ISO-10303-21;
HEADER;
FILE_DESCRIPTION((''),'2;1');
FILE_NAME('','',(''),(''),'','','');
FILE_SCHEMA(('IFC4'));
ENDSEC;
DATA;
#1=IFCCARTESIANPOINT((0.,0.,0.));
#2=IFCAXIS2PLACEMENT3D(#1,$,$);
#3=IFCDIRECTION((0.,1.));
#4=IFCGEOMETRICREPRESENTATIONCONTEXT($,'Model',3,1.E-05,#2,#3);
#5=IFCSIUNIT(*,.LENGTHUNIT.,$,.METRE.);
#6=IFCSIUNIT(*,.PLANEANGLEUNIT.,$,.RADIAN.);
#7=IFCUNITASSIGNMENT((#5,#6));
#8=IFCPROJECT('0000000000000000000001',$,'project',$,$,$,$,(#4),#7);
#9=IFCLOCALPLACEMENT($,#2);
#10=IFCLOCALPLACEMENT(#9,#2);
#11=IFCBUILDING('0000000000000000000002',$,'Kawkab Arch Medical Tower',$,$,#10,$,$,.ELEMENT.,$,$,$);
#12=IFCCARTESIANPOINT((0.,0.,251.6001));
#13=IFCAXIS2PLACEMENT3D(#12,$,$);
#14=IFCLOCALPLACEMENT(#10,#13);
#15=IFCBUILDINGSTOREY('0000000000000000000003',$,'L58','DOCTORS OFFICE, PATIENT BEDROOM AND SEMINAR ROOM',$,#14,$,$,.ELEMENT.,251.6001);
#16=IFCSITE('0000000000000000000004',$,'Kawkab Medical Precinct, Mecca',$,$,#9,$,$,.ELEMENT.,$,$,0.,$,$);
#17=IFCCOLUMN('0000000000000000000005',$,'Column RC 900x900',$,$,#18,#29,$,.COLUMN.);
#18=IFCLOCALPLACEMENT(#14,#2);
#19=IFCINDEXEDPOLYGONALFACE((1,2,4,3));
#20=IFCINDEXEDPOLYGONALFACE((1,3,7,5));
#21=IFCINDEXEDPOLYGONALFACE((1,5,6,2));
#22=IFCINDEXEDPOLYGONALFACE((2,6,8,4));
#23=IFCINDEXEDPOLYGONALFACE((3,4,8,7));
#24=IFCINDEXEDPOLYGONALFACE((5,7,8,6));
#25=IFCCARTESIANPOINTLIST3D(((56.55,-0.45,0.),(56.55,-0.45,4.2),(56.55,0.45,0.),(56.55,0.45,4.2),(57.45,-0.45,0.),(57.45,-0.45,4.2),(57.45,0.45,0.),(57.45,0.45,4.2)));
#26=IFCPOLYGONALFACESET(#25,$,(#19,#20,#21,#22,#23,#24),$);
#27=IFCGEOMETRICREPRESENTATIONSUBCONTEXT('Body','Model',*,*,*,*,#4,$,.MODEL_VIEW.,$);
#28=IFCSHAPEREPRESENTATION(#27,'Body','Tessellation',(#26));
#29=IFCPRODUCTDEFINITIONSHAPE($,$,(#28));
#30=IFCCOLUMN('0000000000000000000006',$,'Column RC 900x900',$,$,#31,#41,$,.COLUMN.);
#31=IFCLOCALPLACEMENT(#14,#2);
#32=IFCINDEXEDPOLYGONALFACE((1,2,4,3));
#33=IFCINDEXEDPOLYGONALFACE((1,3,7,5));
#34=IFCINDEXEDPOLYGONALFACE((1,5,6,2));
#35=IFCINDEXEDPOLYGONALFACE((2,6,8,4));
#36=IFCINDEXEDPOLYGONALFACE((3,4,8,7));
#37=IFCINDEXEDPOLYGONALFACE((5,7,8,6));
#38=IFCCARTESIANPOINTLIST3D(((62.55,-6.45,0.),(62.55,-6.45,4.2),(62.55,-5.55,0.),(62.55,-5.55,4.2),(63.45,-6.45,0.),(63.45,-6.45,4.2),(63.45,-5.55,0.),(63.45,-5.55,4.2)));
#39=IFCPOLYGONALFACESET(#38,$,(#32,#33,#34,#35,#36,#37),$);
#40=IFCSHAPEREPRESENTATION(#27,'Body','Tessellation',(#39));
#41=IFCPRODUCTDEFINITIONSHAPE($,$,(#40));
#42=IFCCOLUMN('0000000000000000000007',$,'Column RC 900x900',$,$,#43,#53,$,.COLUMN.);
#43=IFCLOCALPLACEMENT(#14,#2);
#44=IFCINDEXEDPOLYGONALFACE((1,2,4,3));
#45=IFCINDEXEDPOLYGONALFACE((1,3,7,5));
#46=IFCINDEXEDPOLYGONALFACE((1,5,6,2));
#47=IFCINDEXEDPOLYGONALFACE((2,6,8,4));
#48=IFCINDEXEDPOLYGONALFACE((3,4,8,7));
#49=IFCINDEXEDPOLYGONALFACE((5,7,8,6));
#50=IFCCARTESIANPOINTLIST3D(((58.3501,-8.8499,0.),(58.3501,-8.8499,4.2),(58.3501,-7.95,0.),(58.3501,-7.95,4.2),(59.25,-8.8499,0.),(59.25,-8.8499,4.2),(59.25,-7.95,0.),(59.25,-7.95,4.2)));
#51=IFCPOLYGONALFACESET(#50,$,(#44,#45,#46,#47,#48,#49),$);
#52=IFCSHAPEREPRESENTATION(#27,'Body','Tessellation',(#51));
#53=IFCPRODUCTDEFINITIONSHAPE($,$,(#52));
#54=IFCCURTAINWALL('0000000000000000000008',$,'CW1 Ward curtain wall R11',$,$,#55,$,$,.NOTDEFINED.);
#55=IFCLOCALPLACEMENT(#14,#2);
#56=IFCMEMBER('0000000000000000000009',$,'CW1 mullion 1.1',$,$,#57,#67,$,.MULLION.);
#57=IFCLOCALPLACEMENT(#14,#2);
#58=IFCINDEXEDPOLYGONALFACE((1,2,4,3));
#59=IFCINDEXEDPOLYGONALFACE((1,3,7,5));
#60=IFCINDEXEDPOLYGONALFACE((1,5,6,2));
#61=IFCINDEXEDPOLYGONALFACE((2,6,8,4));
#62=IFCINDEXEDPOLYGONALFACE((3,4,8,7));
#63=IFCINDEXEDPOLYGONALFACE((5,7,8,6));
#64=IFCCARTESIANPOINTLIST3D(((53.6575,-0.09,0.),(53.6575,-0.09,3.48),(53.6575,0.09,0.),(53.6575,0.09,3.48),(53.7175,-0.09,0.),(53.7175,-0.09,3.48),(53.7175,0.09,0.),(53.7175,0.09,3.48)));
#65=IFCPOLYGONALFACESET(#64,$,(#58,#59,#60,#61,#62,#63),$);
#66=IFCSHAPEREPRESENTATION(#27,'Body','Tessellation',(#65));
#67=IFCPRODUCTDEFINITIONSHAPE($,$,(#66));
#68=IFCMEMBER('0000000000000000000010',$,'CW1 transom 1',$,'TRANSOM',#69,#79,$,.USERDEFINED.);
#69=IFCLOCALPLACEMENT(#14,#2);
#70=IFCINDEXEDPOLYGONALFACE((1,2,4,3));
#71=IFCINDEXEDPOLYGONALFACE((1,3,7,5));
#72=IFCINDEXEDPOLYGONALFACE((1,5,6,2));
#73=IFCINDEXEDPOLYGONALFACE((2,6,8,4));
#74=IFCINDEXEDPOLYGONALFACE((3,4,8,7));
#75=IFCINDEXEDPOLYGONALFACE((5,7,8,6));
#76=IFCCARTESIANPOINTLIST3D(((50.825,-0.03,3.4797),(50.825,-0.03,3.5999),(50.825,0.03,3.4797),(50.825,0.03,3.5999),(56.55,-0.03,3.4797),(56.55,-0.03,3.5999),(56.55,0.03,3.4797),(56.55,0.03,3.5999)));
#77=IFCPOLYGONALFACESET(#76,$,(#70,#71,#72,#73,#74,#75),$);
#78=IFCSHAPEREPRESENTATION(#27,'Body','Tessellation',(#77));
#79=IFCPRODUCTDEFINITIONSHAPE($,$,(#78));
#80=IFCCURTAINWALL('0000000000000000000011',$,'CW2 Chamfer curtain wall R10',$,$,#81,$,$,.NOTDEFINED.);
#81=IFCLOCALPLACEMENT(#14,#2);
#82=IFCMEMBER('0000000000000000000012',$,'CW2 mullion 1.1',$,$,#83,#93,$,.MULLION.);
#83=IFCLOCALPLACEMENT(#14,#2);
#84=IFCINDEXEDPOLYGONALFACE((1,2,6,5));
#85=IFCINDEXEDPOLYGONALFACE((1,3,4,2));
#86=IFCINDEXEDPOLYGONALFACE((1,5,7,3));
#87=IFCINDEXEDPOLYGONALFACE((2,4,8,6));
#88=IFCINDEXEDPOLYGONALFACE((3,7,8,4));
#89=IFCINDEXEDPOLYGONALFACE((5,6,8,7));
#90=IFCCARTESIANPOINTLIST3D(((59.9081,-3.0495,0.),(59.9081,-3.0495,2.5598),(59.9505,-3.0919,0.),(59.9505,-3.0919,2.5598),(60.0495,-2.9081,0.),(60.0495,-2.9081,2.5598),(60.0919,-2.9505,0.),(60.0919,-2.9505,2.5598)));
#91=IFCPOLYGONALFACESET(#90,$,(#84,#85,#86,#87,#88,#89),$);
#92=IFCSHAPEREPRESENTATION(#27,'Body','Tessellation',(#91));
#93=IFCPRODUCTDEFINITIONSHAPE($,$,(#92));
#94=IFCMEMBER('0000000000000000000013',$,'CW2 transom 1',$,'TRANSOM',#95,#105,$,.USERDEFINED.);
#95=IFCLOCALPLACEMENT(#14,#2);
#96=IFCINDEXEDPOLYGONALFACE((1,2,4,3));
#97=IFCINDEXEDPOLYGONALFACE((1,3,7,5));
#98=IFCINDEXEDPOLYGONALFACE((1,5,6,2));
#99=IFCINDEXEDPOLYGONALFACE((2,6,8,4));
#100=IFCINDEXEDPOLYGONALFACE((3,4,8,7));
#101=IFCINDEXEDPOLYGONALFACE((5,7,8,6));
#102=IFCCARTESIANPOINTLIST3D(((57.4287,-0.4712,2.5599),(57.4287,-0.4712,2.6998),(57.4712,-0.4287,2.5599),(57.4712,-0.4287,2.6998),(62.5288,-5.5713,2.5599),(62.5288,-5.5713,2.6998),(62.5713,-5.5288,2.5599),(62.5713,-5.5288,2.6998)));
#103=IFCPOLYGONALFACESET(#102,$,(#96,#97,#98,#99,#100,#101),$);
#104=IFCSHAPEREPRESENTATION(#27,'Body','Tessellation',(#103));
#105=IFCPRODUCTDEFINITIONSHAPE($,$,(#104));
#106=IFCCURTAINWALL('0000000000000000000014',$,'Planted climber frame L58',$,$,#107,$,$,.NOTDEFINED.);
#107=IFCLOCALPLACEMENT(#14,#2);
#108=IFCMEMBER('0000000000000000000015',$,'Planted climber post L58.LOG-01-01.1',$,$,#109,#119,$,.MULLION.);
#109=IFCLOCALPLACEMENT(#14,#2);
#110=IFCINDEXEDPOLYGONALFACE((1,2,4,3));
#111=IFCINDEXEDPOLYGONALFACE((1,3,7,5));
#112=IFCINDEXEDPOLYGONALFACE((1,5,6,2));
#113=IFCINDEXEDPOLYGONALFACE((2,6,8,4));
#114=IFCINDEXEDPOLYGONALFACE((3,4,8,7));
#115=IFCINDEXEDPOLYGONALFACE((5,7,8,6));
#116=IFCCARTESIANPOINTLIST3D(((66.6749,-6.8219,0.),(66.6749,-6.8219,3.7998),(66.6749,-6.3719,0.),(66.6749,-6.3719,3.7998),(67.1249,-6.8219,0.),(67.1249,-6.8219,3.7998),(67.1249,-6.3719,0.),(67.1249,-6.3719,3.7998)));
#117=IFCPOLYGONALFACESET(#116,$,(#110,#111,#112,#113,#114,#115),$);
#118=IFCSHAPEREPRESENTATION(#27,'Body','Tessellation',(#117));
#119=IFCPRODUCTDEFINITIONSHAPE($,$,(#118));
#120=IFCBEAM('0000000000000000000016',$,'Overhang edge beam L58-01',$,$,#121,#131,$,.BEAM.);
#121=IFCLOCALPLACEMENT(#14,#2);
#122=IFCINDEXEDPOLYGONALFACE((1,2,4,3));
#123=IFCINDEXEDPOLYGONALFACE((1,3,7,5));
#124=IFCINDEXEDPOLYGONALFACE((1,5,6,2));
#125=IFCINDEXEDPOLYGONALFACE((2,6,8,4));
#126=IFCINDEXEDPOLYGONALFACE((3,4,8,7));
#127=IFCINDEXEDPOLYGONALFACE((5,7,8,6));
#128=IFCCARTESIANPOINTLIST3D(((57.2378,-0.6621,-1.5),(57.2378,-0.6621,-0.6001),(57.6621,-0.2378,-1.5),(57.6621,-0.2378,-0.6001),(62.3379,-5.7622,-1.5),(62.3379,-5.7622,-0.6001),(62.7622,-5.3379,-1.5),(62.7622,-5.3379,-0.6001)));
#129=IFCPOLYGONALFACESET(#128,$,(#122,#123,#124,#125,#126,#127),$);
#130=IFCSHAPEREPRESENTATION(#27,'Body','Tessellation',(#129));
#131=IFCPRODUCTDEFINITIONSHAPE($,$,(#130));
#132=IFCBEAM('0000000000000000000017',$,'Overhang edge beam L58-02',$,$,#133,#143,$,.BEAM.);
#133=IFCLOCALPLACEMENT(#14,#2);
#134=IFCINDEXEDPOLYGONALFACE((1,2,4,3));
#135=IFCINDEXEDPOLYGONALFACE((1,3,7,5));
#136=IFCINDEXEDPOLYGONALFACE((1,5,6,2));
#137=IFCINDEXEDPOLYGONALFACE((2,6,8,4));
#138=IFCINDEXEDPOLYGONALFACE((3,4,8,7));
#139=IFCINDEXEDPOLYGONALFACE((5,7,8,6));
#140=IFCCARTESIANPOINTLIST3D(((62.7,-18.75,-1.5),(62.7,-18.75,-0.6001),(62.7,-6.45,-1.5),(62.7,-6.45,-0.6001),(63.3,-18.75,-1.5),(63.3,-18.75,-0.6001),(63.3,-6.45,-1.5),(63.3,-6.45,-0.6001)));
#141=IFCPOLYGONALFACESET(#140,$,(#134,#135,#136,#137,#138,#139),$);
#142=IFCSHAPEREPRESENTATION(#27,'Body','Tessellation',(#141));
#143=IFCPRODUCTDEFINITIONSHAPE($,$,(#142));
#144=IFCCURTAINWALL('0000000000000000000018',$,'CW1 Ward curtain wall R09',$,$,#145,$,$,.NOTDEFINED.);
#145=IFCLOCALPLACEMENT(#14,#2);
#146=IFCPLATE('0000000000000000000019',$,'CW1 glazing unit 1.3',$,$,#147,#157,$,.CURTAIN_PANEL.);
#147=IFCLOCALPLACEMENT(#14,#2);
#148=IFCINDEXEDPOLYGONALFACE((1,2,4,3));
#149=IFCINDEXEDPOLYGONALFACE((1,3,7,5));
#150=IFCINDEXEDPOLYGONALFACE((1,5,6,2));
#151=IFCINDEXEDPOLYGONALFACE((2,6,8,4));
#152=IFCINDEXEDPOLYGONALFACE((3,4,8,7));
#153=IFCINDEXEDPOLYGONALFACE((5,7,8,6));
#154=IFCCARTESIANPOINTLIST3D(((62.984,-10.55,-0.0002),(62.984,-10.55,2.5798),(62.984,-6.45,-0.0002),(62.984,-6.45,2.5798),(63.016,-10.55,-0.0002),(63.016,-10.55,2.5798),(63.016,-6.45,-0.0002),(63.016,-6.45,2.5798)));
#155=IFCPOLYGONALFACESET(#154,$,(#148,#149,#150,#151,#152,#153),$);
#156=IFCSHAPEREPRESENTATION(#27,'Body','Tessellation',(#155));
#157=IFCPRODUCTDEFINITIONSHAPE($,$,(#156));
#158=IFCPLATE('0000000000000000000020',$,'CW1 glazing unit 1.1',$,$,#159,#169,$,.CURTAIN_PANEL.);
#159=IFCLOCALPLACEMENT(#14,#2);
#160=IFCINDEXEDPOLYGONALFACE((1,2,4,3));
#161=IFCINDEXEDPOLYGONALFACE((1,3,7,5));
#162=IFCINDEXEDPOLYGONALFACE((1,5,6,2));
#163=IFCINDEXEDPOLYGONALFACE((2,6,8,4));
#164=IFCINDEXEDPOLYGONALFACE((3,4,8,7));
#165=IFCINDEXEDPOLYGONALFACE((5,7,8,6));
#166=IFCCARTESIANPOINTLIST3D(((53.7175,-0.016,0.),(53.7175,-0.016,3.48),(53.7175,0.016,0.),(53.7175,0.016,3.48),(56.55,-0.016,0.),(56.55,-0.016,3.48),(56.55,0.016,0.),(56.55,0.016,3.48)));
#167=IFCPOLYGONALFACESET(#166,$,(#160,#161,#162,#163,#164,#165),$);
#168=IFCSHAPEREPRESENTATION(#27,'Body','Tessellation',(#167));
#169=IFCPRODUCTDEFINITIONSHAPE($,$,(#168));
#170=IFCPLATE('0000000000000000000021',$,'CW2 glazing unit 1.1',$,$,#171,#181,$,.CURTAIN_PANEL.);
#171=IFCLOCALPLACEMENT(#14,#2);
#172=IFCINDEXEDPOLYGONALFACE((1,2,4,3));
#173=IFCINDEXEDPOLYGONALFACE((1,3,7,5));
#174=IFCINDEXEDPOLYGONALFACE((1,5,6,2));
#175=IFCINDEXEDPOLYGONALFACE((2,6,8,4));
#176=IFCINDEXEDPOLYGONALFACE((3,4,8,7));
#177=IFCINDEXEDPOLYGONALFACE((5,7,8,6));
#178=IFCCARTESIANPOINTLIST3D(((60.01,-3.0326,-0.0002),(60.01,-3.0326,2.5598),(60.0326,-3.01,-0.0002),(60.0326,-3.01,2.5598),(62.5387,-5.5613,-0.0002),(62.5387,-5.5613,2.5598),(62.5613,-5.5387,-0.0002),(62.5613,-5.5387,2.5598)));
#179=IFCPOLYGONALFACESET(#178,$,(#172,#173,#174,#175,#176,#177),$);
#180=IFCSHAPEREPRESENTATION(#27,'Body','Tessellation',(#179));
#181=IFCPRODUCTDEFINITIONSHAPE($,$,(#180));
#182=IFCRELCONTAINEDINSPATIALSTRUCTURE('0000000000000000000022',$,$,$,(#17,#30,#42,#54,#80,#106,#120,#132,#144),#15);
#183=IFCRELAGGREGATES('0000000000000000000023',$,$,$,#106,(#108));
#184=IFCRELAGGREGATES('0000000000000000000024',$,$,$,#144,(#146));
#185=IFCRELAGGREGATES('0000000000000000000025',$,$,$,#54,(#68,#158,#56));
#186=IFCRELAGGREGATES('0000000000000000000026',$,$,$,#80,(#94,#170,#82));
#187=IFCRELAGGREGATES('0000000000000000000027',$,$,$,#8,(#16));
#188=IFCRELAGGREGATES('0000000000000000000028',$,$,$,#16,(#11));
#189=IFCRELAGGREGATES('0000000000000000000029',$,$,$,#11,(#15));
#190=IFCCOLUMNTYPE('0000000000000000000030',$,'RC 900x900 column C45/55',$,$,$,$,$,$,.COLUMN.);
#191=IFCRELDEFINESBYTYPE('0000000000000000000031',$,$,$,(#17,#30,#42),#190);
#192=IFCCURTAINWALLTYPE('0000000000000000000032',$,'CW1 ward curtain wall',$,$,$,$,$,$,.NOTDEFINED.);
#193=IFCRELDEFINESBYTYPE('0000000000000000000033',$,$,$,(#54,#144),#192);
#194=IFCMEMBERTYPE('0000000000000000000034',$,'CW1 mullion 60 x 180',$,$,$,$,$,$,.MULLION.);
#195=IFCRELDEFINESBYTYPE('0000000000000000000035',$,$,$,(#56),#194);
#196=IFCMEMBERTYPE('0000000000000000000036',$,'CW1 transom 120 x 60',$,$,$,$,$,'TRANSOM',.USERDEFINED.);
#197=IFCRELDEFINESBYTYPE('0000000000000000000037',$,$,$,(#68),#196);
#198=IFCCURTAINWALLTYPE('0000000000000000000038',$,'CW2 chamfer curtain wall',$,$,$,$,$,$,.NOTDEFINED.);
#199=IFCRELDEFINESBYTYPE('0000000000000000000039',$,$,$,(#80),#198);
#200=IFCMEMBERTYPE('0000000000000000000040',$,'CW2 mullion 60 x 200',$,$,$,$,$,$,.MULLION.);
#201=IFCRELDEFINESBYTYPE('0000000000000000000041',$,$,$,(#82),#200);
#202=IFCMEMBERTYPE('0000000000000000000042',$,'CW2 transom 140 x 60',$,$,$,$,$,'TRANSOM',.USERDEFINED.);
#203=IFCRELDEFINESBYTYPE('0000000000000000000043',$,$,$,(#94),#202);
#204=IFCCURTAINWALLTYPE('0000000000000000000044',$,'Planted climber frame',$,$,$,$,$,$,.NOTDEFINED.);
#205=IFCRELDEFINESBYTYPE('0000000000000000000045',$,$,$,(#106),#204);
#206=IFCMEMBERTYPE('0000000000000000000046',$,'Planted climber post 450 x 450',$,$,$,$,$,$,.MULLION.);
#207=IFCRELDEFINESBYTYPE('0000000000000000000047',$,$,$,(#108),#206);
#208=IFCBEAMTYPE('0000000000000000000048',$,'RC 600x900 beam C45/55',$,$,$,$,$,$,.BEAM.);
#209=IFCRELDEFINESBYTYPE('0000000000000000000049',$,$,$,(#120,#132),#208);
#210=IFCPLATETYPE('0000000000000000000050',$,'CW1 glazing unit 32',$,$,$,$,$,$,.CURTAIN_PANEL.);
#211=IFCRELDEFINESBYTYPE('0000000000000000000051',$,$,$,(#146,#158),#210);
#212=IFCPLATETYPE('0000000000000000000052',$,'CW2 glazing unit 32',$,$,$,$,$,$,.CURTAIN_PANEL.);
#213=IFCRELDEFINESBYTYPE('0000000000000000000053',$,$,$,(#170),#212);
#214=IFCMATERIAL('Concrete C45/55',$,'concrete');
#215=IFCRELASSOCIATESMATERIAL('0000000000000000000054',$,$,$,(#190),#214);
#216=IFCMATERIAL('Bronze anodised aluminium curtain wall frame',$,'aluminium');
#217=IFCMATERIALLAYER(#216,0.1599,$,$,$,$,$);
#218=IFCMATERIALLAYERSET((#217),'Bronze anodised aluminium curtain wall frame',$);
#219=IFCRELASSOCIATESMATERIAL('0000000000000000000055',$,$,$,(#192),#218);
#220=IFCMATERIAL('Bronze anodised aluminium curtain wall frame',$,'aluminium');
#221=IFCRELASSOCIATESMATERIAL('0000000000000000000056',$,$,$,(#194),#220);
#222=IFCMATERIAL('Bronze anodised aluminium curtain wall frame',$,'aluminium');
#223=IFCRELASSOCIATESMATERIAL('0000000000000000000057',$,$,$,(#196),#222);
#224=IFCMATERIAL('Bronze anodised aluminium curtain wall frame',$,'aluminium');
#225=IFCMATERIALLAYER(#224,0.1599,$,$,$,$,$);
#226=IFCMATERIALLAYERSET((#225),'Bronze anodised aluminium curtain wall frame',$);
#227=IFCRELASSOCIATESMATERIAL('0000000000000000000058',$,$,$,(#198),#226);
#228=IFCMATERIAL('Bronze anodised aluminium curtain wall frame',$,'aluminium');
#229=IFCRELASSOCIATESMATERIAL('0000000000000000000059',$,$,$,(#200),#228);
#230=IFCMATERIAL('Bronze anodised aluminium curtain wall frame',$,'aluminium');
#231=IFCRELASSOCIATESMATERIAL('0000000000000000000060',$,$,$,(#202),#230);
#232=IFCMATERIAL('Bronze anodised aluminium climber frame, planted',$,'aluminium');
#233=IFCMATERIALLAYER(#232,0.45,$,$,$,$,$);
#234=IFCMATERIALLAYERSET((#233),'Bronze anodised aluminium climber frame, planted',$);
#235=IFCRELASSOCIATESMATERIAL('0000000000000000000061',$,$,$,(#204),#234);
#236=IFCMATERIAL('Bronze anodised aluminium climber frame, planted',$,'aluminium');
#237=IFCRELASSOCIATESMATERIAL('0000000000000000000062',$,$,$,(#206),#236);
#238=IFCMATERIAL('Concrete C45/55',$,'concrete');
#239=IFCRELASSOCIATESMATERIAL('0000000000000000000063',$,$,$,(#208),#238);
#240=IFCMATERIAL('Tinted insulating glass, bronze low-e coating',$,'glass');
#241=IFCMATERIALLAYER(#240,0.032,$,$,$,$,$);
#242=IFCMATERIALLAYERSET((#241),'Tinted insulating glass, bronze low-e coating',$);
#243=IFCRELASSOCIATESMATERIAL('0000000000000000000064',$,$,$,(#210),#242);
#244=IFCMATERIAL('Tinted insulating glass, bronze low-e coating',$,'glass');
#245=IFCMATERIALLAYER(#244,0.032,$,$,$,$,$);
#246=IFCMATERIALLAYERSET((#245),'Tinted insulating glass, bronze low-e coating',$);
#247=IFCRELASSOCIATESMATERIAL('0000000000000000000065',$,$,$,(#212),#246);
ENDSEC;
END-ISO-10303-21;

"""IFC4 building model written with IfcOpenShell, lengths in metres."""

from ifc_helpers import new_model, si_unit, direction, frame, origin, origin_2d, place, context, subcontext, project, spatial, rectangle, extrude, material, layer, layer_set, material_profile, profile_set, type_object, element, aggregate, save


model = new_model("IFC4")

# Units and contexts
model_context = context("Model", 3, precision=1e-05, world=origin(), true_north=direction((0.0, 1.0)))
body_context = subcontext(model_context, "Body", "Model", "MODEL_VIEW")
ifc_project = project(units=[si_unit("LENGTHUNIT", "METRE"), si_unit("PLANEANGLEUNIT", "RADIAN")], contexts=[model_context])

# Site, building, storey
site_placement = place(None, origin())
site = spatial("IfcSite", under=ifc_project, at=site_placement, Name="Kawkab Medical Precinct, Mecca", CompositionType="ELEMENT", RefElevation=0.0)
building_placement = place(site_placement, origin())
building = spatial("IfcBuilding", under=site, at=building_placement, Name="Kawkab Arch Medical Tower", CompositionType="ELEMENT")
storey_placement = place(building_placement, frame((0.0, 0.0, 251.6001)))
storey = spatial("IfcBuildingStorey", under=building, at=storey_placement, Name="L58", Description="DOCTORS OFFICE, PATIENT BEDROOM AND SEMINAR ROOM", CompositionType="ELEMENT", Elevation=251.6001)

# Columns
ifc_material_1 = material(Name="Concrete C45/55", Category="concrete")
ifc_material_profile_1 = material_profile(ifc_material_1, rectangle(XDim=0.8999, YDim=0.8999, at=origin_2d()), Name="RC 900x900")
ifc_profile_set_1 = profile_set([ifc_material_profile_1], Name="Concrete C45/55")
column_type = type_object("IfcColumnType", Name="RC 900x900 column C45/55", PredefinedType="COLUMN", material=ifc_profile_set_1)
for number, where, z_axis, x_axis, name in (
    (1, (57.0, 0.0, 0.0), (0.0, 0.0, 1.0), (1.0, 0.0, 0.0), "Column RC 900x900"),
    (2, (63.0, -6.0, 0.0), (0.0, 0.0, 1.0), (1.0, 0.0, 0.0), "Column RC 900x900"),
    (3, (58.8, -8.3999, 0.0), (0.0, 0.0, 1.0), (1.0, 0.0, 0.0), "Column RC 900x900"),
):
    element("IfcColumn", number, at=place(storey_placement, frame(where, z_axis=z_axis, x_axis=x_axis)), inside=storey, type_object=column_type, Name=name, PredefinedType="COLUMN", context=body_context, shape_type="SweptSolid", body=[
        extrude(rectangle(XDim=0.8999, YDim=0.8999, at=origin_2d()), origin(), (0.0, 0.0, 1.0), 4.2),
    ])

# Curtain walls, members
ifc_material_2 = material(Name="Bronze anodised aluminium curtain wall frame", Category="aluminium")
ifc_layer_1 = layer(ifc_material_2, 0.1599)
ifc_layer_set_1 = layer_set([ifc_layer_1], Name="Bronze anodised aluminium curtain wall frame")
curtain_wall_type_1 = type_object("IfcCurtainWallType", Name="CW1 ward curtain wall", PredefinedType="NOTDEFINED", material=ifc_layer_set_1)
placement = place(storey_placement, origin())
curtain_wall_1 = element("IfcCurtainWall", 4, at=placement, inside=storey, type_object=curtain_wall_type_1, Name="CW1 Ward curtain wall R11", PredefinedType="NOTDEFINED")
ifc_material_3 = material(Name="Bronze anodised aluminium curtain wall frame", Category="aluminium")
ifc_material_profile_2 = material_profile(ifc_material_3, rectangle(XDim=0.1799, YDim=0.0601, at=origin_2d()), Name="AL 60x180")
ifc_profile_set_2 = profile_set([ifc_material_profile_2], Name="Bronze anodised aluminium curtain wall frame")
member_type_1 = type_object("IfcMemberType", Name="CW1 mullion 60 x 180", PredefinedType="MULLION", material=ifc_profile_set_2)
member_1_placement = place(storey_placement, frame((53.6875, 0.0, 0.0), z_axis=(0.0, 0.0, 1.0), x_axis=(0.0, -1.0, 0.0)))
member_1 = element("IfcMember", 5, at=member_1_placement, type_object=member_type_1, Name="CW1 mullion 1.1", PredefinedType="MULLION", context=body_context, shape_type="SweptSolid", body=[
    extrude(rectangle(XDim=0.1799, YDim=0.0601, at=origin_2d()), origin(), (0.0, 0.0, 1.0), 3.48),
])
ifc_material_4 = material(Name="Bronze anodised aluminium curtain wall frame", Category="aluminium")
ifc_material_profile_3 = material_profile(ifc_material_4, rectangle(XDim=0.0601, YDim=0.1201, at=origin_2d()), Name="AL 60x120")
ifc_profile_set_3 = profile_set([ifc_material_profile_3], Name="Bronze anodised aluminium curtain wall frame")
member_type_2 = type_object("IfcMemberType", Name="CW1 transom 120 x 60", ElementType="TRANSOM", PredefinedType="USERDEFINED", material=ifc_profile_set_3)
member_2_placement = place(storey_placement, frame((56.55, 0.0, 3.5398), z_axis=(-1.0, 0.0, 0.0), x_axis=(0.0, -1.0, 0.0)))
member_2 = element("IfcMember", 6, at=member_2_placement, type_object=member_type_2, Name="CW1 transom 1", ObjectType="TRANSOM", PredefinedType="USERDEFINED", context=body_context, shape_type="SweptSolid", body=[
    extrude(rectangle(XDim=0.0601, YDim=0.1201, at=origin_2d()), origin(), (0.0, 0.0, 1.0), 5.7251),
])
ifc_material_5 = material(Name="Bronze anodised aluminium curtain wall frame", Category="aluminium")
ifc_layer_2 = layer(ifc_material_5, 0.1599)
ifc_layer_set_2 = layer_set([ifc_layer_2], Name="Bronze anodised aluminium curtain wall frame")
curtain_wall_type_2 = type_object("IfcCurtainWallType", Name="CW2 chamfer curtain wall", PredefinedType="NOTDEFINED", material=ifc_layer_set_2)
curtain_wall_2 = element("IfcCurtainWall", 7, at=placement, inside=storey, type_object=curtain_wall_type_2, Name="CW2 Chamfer curtain wall R10", PredefinedType="NOTDEFINED")
ifc_material_6 = material(Name="Bronze anodised aluminium curtain wall frame", Category="aluminium")
ifc_material_profile_4 = material_profile(ifc_material_6, rectangle(XDim=0.2, YDim=0.0601, at=origin_2d()), Name="AL 60x200")
ifc_profile_set_4 = profile_set([ifc_material_profile_4], Name="Bronze anodised aluminium curtain wall frame")
member_type_3 = type_object("IfcMemberType", Name="CW2 mullion 60 x 200", PredefinedType="MULLION", material=ifc_profile_set_4)
member_3_placement = place(storey_placement, frame((60.0, -3.0, 0.0), z_axis=(0.0, 0.0, 1.0), x_axis=(-0.707107, -0.707107, 0.0)))
member_3 = element("IfcMember", 8, at=member_3_placement, type_object=member_type_3, Name="CW2 mullion 1.1", PredefinedType="MULLION", context=body_context, shape_type="SweptSolid", body=[
    extrude(rectangle(XDim=0.2, YDim=0.0601, at=origin_2d()), origin(), (0.0, 0.0, 1.0), 2.5598),
])
ifc_material_7 = material(Name="Bronze anodised aluminium curtain wall frame", Category="aluminium")
ifc_material_profile_5 = material_profile(ifc_material_7, rectangle(XDim=0.0601, YDim=0.1399, at=origin_2d()), Name="AL 60x140")
ifc_profile_set_5 = profile_set([ifc_material_profile_5], Name="Bronze anodised aluminium curtain wall frame")
member_type_4 = type_object("IfcMemberType", Name="CW2 transom 140 x 60", ElementType="TRANSOM", PredefinedType="USERDEFINED", material=ifc_profile_set_5)
member_4_placement = place(storey_placement, frame((62.55, -5.55, 2.6299), z_axis=(-0.707107, 0.707107, 0.0), x_axis=(-0.707107, -0.707107, 0.0)))
member_4 = element("IfcMember", 9, at=member_4_placement, type_object=member_type_4, Name="CW2 transom 1", ObjectType="TRANSOM", PredefinedType="USERDEFINED", context=body_context, shape_type="SweptSolid", body=[
    extrude(rectangle(XDim=0.0601, YDim=0.1399, at=origin_2d()), origin(), (0.0, 0.0, 1.0), 7.2126),
])

# Curtain wall, member
ifc_material_8 = material(Name="Bronze anodised aluminium climber frame, planted", Category="aluminium")
ifc_layer_3 = layer(ifc_material_8, 0.45)
ifc_layer_set_3 = layer_set([ifc_layer_3], Name="Bronze anodised aluminium climber frame, planted")
curtain_wall_type_3 = type_object("IfcCurtainWallType", Name="Planted climber frame", PredefinedType="NOTDEFINED", material=ifc_layer_set_3)
curtain_wall_3 = element("IfcCurtainWall", 10, at=placement, inside=storey, type_object=curtain_wall_type_3, Name="Planted climber frame L58", PredefinedType="NOTDEFINED")
ifc_material_9 = material(Name="Bronze anodised aluminium climber frame, planted", Category="aluminium")
ifc_material_profile_6 = material_profile(ifc_material_9, rectangle(XDim=0.45, YDim=0.45, at=origin_2d()), Name="Post 450x450")
ifc_profile_set_6 = profile_set([ifc_material_profile_6], Name="Bronze anodised aluminium climber frame, planted")
member_type_5 = type_object("IfcMemberType", Name="Planted climber post 450 x 450", PredefinedType="MULLION", material=ifc_profile_set_6)
member_5_placement = place(storey_placement, frame((66.8999, -6.5969, 0.0), z_axis=(0.0, 0.0, 1.0), x_axis=(1.0, 0.0, 0.0)))
member_5 = element("IfcMember", 11, at=member_5_placement, type_object=member_type_5, Name="Planted climber post L58.LOG-01-01.1", PredefinedType="MULLION", context=body_context, shape_type="SweptSolid", body=[
    extrude(rectangle(XDim=0.45, YDim=0.45, at=origin_2d()), origin(), (0.0, 0.0, 1.0), 3.7998),
])
aggregate(curtain_wall_3, [member_5])

# Beams
ifc_material_10 = material(Name="Concrete C45/55", Category="concrete")
ifc_material_profile_7 = material_profile(ifc_material_10, rectangle(XDim=0.6001, YDim=0.8999, at=origin_2d()), Name="RC 600x900")
ifc_profile_set_7 = profile_set([ifc_material_profile_7], Name="Concrete C45/55")
beam_type = type_object("IfcBeamType", Name="RC 600x900 beam C45/55", PredefinedType="BEAM", material=ifc_profile_set_7)
beam_1_placement = place(storey_placement, frame((57.45, -0.45, -1.05), z_axis=(0.707107, -0.707107, 0.0), x_axis=(0.707107, 0.707107, 0.0)))
element("IfcBeam", 12, at=beam_1_placement, inside=storey, type_object=beam_type, Name="Overhang edge beam L58-01", PredefinedType="BEAM", context=body_context, shape_type="SweptSolid", body=[
    extrude(rectangle(XDim=0.6001, YDim=0.8999, at=origin_2d()), origin(), (0.0, 0.0, 1.0), 7.2126),
])
beam_2_placement = place(storey_placement, frame((63.0, -6.45, -1.05), z_axis=(0.0, -1.0, 0.0), x_axis=(1.0, 0.0, 0.0)))
element("IfcBeam", 13, at=beam_2_placement, inside=storey, type_object=beam_type, Name="Overhang edge beam L58-02", PredefinedType="BEAM", context=body_context, shape_type="SweptSolid", body=[
    extrude(rectangle(XDim=0.6001, YDim=0.8999, at=origin_2d()), origin(), (0.0, 0.0, 1.0), 12.3),
])

# Curtain wall, plate
curtain_wall_4 = element("IfcCurtainWall", 14, at=placement, inside=storey, type_object=curtain_wall_type_1, Name="CW1 Ward curtain wall R09", PredefinedType="NOTDEFINED")
ifc_material_11 = material(Name="Tinted insulating glass, bronze low-e coating", Category="glass")
ifc_layer_4 = layer(ifc_material_11, 0.032)
ifc_layer_set_4 = layer_set([ifc_layer_4], Name="Tinted insulating glass, bronze low-e coating")
plate_type_1 = type_object("IfcPlateType", Name="CW1 glazing unit 32", PredefinedType="CURTAIN_PANEL", material=ifc_layer_set_4)
plate_1_placement = place(storey_placement, frame((63.0, -8.5, -0.0002), z_axis=(0.0, 0.0, 1.0), x_axis=(0.0, 1.0, 0.0)))
plate_1 = element("IfcPlate", 15, at=plate_1_placement, type_object=plate_type_1, Name="CW1 glazing unit 1.3", PredefinedType="CURTAIN_PANEL", context=body_context, shape_type="SweptSolid", body=[
    extrude(rectangle(XDim=4.1001, YDim=0.032, at=origin_2d()), origin(), (0.0, 0.0, 1.0), 2.5801),
])
aggregate(curtain_wall_4, [plate_1])

# Plates
plate_2_placement = place(storey_placement, frame((55.1338, 0.0, 0.0), z_axis=(0.0, 0.0, 1.0), x_axis=(-1.0, 0.0, 0.0)))
plate_2 = element("IfcPlate", 16, at=plate_2_placement, type_object=plate_type_1, Name="CW1 glazing unit 1.1", PredefinedType="CURTAIN_PANEL", context=body_context, shape_type="SweptSolid", body=[
    extrude(rectangle(XDim=2.8325, YDim=0.032, at=origin_2d()), origin(), (0.0, 0.0, 1.0), 3.48),
])
aggregate(curtain_wall_1, [member_2, plate_2, member_1])
ifc_material_12 = material(Name="Tinted insulating glass, bronze low-e coating", Category="glass")
ifc_layer_5 = layer(ifc_material_12, 0.032)
ifc_layer_set_5 = layer_set([ifc_layer_5], Name="Tinted insulating glass, bronze low-e coating")
plate_type_2 = type_object("IfcPlateType", Name="CW2 glazing unit 32", PredefinedType="CURTAIN_PANEL", material=ifc_layer_set_5)
plate_3_placement = place(storey_placement, frame((61.2856, -4.2856, -0.0002), z_axis=(0.0, 0.0, 1.0), x_axis=(-0.707107, 0.707107, 0.0)))
plate_3 = element("IfcPlate", 17, at=plate_3_placement, type_object=plate_type_2, Name="CW2 glazing unit 1.1", PredefinedType="CURTAIN_PANEL", context=body_context, shape_type="SweptSolid", body=[
    extrude(rectangle(XDim=3.5762, YDim=0.032, at=origin_2d()), origin(), (0.0, 0.0, 1.0), 2.5601),
])
aggregate(curtain_wall_2, [member_4, plate_3, member_3])

save(model, "model.ifc")
